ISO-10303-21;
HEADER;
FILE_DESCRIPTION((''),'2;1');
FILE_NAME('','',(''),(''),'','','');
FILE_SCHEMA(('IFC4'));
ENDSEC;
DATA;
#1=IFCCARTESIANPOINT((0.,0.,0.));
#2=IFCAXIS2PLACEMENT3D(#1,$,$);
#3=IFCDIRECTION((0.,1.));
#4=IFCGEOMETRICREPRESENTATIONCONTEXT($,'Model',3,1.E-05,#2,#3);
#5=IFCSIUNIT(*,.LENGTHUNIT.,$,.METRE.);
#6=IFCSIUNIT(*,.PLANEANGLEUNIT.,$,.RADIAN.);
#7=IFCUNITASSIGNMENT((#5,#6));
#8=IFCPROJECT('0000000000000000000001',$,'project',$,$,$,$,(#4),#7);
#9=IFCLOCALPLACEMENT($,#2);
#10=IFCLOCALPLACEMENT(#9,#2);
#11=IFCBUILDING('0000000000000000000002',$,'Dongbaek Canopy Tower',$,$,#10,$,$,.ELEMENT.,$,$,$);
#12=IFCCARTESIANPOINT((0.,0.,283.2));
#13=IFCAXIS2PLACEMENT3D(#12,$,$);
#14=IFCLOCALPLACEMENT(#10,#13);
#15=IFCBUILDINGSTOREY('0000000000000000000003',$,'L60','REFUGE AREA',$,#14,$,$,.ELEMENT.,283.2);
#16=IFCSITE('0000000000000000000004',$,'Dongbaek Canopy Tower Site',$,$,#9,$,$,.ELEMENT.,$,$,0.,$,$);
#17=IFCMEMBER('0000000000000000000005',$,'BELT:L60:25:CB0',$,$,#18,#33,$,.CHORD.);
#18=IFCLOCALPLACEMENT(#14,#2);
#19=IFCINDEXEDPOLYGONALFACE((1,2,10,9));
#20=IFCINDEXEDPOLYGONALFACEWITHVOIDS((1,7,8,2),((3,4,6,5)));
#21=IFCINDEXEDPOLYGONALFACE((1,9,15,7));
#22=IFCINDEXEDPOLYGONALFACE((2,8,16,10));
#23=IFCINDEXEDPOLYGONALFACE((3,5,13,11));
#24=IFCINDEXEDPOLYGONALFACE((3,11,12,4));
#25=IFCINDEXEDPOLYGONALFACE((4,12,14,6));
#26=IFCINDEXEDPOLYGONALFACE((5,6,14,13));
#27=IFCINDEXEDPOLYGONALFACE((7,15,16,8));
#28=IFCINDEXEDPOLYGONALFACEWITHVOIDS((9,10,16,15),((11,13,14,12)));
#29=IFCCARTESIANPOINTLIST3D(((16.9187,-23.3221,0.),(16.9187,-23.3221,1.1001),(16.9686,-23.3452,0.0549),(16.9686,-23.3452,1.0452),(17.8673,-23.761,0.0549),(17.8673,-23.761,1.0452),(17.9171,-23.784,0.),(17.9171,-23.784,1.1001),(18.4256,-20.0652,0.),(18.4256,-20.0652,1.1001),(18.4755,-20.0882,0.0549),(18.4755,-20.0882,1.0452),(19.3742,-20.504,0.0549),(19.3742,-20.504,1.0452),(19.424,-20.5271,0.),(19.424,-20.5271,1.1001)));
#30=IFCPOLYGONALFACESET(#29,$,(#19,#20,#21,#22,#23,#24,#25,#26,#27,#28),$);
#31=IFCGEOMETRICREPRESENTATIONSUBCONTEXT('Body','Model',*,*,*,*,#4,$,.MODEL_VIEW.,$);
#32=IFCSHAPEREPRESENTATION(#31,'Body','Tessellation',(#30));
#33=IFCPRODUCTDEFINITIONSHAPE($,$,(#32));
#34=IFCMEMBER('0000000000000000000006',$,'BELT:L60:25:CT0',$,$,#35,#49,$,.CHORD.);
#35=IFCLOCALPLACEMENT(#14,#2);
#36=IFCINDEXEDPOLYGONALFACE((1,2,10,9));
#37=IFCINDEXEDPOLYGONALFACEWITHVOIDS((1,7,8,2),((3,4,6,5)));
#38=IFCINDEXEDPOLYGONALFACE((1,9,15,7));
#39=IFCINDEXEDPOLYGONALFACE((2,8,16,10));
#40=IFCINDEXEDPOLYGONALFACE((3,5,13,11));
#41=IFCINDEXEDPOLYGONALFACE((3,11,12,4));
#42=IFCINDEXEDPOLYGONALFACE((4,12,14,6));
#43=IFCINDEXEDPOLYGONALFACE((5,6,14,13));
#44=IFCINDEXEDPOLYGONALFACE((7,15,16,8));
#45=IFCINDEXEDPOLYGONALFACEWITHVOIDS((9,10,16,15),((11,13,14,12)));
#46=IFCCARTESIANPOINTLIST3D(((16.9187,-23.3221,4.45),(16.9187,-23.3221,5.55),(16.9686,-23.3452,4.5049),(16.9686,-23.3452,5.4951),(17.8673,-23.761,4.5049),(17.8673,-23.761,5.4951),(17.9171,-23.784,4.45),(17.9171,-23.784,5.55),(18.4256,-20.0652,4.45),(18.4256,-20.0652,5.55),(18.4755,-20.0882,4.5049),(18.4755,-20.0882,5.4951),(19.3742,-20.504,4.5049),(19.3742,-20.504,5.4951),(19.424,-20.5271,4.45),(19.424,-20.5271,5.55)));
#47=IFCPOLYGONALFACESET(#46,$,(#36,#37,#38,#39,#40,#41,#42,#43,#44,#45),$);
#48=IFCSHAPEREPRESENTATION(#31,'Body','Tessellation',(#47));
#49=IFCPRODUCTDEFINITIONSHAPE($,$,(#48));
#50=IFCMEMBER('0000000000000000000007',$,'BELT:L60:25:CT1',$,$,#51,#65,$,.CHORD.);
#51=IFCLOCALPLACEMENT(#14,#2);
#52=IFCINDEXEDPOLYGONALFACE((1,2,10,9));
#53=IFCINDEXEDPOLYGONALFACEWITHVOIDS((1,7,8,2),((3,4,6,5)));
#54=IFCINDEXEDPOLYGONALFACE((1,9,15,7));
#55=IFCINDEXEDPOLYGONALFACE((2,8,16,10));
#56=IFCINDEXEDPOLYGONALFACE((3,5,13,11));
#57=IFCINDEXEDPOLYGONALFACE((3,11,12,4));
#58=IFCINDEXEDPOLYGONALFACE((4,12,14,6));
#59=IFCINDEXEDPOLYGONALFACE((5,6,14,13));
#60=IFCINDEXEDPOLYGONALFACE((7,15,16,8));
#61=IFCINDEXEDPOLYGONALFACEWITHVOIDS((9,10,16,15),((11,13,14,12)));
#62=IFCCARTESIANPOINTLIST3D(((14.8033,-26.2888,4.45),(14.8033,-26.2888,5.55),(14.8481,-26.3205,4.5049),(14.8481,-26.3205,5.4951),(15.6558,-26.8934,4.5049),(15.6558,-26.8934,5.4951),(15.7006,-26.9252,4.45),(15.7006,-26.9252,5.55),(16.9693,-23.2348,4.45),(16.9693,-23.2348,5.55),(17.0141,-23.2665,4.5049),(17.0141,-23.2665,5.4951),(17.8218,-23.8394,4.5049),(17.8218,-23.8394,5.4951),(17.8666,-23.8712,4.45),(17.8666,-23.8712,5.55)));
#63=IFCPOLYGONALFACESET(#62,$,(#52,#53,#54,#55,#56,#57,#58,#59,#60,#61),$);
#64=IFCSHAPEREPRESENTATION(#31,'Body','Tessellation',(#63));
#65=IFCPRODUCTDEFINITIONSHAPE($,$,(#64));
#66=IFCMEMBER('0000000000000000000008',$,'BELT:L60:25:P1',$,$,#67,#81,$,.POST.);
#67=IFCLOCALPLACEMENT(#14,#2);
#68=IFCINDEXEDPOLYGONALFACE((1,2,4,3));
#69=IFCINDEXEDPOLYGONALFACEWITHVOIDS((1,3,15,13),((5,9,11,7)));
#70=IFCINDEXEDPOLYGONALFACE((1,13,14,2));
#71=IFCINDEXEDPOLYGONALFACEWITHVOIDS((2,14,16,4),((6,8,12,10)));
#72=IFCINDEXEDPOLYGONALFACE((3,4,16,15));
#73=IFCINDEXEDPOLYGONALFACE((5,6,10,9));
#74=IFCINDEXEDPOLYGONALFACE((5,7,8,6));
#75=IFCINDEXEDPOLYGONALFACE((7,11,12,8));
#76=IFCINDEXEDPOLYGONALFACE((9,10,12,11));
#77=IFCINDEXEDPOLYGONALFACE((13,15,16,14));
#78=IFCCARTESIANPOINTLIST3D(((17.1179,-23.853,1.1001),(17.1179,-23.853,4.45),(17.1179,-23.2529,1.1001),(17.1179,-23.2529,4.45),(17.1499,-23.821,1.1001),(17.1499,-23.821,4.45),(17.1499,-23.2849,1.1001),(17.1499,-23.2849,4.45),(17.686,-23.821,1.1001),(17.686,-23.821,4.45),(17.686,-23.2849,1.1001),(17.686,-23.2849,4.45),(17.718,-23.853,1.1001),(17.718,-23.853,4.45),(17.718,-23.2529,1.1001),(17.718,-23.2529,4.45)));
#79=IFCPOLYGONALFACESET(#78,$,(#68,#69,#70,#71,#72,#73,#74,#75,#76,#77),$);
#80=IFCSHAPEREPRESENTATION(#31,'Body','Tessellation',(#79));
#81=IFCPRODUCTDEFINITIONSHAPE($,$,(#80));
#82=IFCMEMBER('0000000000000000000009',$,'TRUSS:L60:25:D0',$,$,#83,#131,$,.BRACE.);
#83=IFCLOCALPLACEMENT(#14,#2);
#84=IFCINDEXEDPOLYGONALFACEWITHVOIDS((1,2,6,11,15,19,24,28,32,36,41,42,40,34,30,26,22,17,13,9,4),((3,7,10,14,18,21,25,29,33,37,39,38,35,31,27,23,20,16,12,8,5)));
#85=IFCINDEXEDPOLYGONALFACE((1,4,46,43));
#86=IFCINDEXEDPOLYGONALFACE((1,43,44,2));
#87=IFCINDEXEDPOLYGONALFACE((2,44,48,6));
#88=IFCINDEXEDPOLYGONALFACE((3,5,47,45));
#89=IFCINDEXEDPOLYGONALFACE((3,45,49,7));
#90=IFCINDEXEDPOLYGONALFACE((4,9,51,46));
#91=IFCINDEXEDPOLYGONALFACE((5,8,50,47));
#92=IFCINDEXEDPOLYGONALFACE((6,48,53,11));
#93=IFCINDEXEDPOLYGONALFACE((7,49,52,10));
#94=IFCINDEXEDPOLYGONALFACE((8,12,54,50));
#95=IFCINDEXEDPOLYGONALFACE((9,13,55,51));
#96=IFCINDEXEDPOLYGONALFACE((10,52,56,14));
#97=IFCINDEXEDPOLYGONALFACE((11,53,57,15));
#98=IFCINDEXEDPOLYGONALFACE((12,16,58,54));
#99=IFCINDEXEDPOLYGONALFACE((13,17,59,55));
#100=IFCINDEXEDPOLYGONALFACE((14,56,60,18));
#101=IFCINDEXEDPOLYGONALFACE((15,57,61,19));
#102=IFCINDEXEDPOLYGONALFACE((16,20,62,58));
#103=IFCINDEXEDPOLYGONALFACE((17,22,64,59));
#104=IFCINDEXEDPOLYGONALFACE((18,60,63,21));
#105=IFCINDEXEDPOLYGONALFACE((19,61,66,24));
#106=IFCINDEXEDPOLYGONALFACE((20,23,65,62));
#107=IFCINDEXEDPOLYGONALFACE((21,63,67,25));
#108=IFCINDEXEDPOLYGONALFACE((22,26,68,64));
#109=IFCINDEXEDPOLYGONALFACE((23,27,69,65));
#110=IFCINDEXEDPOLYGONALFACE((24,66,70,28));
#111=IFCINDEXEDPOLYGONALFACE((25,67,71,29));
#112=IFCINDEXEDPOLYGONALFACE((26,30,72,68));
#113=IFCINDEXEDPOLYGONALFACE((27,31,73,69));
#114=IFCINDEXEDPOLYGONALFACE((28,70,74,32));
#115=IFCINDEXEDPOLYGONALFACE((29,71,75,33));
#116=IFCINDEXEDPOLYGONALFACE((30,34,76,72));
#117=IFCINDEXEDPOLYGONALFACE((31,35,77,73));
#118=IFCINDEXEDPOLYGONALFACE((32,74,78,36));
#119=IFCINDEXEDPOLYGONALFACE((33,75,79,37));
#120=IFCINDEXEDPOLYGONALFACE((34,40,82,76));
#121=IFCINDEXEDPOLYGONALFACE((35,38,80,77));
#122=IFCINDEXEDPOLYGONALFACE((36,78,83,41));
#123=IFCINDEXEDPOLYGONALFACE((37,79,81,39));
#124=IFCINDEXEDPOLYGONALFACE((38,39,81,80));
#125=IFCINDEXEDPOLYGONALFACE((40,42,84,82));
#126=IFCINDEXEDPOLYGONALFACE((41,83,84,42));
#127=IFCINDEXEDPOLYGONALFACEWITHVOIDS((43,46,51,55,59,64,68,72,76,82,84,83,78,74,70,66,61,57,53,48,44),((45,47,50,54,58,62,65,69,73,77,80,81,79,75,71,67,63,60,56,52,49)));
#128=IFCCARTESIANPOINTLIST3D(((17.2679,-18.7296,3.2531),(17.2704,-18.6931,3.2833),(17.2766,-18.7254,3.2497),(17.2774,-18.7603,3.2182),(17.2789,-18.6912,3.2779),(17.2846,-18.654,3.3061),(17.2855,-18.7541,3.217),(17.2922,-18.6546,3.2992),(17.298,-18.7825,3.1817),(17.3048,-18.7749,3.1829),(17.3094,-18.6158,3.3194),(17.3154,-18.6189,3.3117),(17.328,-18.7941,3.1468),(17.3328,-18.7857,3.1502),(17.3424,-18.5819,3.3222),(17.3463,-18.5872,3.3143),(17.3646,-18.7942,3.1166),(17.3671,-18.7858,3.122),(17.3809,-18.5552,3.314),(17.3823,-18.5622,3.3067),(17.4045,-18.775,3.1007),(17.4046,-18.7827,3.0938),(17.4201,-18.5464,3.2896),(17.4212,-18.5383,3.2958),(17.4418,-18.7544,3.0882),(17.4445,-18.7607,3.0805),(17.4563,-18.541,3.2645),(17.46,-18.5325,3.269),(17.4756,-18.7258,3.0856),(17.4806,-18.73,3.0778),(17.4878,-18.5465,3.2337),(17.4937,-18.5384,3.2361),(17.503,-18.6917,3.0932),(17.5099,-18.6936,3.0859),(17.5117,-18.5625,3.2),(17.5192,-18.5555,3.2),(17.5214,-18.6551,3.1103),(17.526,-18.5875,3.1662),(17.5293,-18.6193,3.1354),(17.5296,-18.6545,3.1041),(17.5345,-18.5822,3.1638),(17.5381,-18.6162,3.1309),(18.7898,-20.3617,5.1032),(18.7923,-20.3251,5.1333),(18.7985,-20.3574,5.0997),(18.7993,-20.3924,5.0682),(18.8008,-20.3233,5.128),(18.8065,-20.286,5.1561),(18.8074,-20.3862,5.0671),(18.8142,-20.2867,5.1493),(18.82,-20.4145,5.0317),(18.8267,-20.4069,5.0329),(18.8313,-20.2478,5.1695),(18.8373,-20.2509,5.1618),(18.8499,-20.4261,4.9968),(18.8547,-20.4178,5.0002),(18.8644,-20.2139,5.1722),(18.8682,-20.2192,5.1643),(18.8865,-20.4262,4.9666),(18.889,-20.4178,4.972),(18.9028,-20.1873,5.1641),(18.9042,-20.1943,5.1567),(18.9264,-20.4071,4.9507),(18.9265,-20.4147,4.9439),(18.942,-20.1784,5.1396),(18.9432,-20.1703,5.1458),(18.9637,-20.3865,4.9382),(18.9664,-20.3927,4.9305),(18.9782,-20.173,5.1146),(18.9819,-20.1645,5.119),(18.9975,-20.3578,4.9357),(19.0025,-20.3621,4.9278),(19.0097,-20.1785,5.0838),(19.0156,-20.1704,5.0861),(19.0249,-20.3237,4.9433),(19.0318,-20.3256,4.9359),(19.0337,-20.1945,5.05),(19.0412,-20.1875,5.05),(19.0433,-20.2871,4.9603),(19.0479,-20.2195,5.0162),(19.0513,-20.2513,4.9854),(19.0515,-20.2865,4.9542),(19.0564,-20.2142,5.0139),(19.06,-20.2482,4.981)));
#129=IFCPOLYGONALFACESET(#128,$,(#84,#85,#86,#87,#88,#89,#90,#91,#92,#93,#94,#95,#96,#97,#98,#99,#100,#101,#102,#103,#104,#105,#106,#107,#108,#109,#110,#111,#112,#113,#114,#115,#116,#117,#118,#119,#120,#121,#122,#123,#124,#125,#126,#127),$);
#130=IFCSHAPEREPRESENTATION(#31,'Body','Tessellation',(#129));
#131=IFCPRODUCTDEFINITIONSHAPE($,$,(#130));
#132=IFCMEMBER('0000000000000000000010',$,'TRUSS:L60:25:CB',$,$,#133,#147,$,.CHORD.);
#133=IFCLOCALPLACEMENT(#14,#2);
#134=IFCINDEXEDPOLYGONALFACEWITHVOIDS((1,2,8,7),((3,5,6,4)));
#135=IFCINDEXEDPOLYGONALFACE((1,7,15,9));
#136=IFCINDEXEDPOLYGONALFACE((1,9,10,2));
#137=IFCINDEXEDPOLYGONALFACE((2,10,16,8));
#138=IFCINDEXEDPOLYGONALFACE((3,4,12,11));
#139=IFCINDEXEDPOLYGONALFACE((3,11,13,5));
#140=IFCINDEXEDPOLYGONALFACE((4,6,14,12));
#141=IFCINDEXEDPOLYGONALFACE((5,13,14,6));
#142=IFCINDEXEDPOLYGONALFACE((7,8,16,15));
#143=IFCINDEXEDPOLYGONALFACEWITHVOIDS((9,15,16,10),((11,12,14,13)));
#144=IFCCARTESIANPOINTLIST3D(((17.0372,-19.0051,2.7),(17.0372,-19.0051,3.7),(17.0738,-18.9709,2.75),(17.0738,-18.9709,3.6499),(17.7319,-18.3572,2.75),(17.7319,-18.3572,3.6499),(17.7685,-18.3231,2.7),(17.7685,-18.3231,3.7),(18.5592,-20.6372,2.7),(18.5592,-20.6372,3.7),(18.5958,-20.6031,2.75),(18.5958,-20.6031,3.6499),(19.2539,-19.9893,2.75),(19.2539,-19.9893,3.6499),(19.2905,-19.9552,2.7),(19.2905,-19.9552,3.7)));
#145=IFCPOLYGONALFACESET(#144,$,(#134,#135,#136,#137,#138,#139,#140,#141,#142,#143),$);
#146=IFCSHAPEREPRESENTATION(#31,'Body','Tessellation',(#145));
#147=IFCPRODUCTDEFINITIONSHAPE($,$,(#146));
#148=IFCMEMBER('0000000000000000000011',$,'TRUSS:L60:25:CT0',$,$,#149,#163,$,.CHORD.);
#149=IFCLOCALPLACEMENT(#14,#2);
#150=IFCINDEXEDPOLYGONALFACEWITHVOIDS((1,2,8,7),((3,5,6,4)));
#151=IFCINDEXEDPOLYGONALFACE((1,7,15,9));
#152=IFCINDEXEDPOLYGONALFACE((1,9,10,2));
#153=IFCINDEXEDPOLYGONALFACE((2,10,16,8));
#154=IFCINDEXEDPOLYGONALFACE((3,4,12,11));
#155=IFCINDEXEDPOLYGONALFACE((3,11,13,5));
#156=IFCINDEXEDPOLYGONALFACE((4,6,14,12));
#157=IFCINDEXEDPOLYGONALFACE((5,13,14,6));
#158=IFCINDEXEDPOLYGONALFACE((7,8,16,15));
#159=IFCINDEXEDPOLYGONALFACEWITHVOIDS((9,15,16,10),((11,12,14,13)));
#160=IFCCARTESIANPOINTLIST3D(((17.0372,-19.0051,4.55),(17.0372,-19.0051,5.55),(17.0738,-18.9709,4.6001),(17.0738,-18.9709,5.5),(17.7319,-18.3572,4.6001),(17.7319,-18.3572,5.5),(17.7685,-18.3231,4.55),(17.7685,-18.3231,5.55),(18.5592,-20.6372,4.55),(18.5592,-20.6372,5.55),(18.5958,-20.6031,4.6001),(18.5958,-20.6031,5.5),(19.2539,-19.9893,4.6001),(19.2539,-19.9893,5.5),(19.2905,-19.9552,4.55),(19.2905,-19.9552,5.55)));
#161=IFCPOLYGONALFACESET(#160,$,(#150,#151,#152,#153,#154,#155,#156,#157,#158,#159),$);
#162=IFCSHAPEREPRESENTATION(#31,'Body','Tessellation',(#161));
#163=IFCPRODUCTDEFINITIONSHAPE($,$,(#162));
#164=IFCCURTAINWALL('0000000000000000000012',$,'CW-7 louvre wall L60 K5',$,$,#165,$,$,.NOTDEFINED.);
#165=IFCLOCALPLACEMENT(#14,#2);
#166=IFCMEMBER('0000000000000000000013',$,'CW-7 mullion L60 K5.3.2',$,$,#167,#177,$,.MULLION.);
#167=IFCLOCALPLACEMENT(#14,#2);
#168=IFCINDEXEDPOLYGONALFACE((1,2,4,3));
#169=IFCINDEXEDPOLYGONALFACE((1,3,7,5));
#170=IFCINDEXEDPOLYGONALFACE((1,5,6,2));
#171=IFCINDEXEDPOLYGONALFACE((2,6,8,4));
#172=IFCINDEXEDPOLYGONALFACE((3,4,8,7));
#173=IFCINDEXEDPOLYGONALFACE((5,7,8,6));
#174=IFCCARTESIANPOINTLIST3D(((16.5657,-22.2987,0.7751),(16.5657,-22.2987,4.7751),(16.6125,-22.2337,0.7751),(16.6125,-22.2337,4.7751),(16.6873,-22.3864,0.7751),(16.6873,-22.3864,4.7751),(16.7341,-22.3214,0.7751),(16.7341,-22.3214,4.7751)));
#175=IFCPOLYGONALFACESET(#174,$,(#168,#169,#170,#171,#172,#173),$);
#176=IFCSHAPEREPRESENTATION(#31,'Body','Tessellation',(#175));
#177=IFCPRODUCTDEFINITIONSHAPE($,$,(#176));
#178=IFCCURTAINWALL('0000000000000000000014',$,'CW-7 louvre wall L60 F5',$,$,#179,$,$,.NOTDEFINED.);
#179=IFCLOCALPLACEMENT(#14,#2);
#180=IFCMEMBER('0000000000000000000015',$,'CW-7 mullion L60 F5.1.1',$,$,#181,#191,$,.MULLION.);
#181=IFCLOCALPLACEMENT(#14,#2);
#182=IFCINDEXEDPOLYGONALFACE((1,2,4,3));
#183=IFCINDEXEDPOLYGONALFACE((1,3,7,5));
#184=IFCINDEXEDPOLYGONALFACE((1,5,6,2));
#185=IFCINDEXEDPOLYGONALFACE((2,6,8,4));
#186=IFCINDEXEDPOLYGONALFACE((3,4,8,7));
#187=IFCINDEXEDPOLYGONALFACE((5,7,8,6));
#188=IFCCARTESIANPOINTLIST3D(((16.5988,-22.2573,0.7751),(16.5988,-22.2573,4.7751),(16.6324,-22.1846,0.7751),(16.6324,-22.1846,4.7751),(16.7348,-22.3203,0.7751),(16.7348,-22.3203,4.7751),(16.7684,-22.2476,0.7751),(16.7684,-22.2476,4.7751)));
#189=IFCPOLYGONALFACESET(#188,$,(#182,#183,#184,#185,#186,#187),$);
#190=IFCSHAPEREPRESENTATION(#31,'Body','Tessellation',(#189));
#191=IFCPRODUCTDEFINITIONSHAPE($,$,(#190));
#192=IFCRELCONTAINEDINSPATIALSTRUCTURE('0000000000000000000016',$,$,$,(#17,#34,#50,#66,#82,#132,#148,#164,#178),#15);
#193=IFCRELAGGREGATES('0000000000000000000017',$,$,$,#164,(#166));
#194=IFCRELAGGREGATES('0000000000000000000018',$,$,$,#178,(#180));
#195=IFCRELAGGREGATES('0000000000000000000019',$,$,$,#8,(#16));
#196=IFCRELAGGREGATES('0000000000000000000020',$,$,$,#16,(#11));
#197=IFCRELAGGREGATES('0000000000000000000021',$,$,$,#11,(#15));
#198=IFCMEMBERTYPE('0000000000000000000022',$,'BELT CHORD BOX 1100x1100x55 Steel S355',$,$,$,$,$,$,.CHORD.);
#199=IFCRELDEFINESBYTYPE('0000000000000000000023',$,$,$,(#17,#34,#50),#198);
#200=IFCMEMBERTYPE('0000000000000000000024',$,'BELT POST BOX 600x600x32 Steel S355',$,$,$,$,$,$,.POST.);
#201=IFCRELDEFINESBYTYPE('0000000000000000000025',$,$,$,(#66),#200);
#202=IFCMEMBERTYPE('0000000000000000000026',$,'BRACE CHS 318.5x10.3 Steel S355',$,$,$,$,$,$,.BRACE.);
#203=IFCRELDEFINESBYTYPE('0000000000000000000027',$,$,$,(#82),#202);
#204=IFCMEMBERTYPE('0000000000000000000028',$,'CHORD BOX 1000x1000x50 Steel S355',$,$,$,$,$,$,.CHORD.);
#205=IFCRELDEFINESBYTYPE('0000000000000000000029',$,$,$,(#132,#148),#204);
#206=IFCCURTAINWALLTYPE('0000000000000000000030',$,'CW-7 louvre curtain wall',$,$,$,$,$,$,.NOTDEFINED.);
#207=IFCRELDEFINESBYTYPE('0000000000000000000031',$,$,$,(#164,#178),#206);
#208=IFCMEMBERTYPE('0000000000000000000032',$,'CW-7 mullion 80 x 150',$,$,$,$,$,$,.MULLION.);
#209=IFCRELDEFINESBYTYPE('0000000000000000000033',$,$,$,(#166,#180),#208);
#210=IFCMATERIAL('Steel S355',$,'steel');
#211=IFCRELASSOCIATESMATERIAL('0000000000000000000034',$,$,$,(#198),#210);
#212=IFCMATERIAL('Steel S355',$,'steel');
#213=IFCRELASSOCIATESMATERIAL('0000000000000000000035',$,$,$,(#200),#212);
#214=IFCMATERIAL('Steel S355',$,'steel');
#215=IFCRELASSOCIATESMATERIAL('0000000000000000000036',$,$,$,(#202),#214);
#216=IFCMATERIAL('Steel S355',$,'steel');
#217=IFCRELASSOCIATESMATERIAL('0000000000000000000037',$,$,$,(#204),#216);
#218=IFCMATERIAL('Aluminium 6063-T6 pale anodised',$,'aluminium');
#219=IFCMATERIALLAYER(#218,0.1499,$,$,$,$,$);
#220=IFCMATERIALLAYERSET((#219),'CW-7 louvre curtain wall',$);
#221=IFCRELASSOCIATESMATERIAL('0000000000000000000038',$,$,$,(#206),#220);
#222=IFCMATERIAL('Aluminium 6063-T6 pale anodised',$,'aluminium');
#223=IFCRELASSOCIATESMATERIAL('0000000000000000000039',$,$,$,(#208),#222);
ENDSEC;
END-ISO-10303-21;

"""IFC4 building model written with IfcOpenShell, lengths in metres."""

from ifc_helpers import new_model, si_unit, direction, frame, origin, origin_2d, place, context, subcontext, project, spatial, rectangle, hollow_rectangle, hollow_circle, extrude, material, layer, layer_set, material_profile, profile_set, type_object, element, aggregate, save


model = new_model("IFC4")

# Units and contexts
model_context = context("Model", 3, precision=1e-05, world=origin(), true_north=direction((0.0, 1.0)))
body_context = subcontext(model_context, "Body", "Model", "MODEL_VIEW")
ifc_project = project(units=[si_unit("LENGTHUNIT", "METRE"), si_unit("PLANEANGLEUNIT", "RADIAN")], contexts=[model_context])

# Site, building, storey
site_placement = place(None, origin())
site = spatial("IfcSite", under=ifc_project, at=site_placement, Name="Dongbaek Canopy Tower Site", CompositionType="ELEMENT", RefElevation=0.0)
building_placement = place(site_placement, origin())
building = spatial("IfcBuilding", under=site, at=building_placement, Name="Dongbaek Canopy Tower", CompositionType="ELEMENT")
storey_placement = place(building_placement, frame((0.0, 0.0, 283.2)))
storey = spatial("IfcBuildingStorey", under=building, at=storey_placement, Name="L60", Description="REFUGE AREA", CompositionType="ELEMENT", Elevation=283.2)

# Members
ifc_material_1 = material(Name="Steel S355", Category="steel")
ifc_material_profile_1 = material_profile(ifc_material_1, hollow_rectangle(XDim=1.1001, YDim=1.1001, WallThickness=0.0549, at=origin_2d()), Name="BELT CHORD BOX 1100x1100x55 Steel S355")
ifc_profile_set_1 = profile_set([ifc_material_profile_1], Name="Steel S355")
member_type_1 = type_object("IfcMemberType", Name="BELT CHORD BOX 1100x1100x55 Steel S355", PredefinedType="CHORD", material=ifc_profile_set_1)
for number, where, z_axis, x_axis, name in (
    (1, (18.9248, -20.2961, 0.55), (-0.419904, -0.907569, 0.0), (0.907569, -0.419904, 0.0), "BELT:L60:25:CB0"),
    (2, (18.9248, -20.2961, 5.0), (-0.419904, -0.907569, 0.0), (0.907569, -0.419904, 0.0), "BELT:L60:25:CT0"),
):
    element("IfcMember", number, at=place(storey_placement, frame(where, z_axis=z_axis, x_axis=x_axis)), inside=storey, type_object=member_type_1, Name=name, PredefinedType="CHORD", context=body_context, shape_type="SweptSolid", body=[
        extrude(hollow_rectangle(XDim=1.1001, YDim=1.1001, WallThickness=0.0549, at=origin_2d()), origin(), (0.0, 0.0, 1.0), 3.5886),
    ])
member_1_placement = place(storey_placement, frame((17.418, -23.553, 5.0), z_axis=(-0.578515, -0.815672, 0.0), x_axis=(0.815672, -0.578515, 0.0)))
element("IfcMember", 3, at=member_1_placement, inside=storey, type_object=member_type_1, Name="BELT:L60:25:CT1", PredefinedType="CHORD", context=body_context, shape_type="SweptSolid", body=[
    extrude(hollow_rectangle(XDim=1.1001, YDim=1.1001, WallThickness=0.0549, at=origin_2d()), origin(), (0.0, 0.0, 1.0), 3.7441),
])
ifc_material_2 = material(Name="Steel S355", Category="steel")
ifc_material_profile_2 = material_profile(ifc_material_2, hollow_rectangle(XDim=0.6001, YDim=0.6001, WallThickness=0.032, at=origin_2d()), Name="BELT POST BOX 600x600x32 Steel S355")
ifc_profile_set_2 = profile_set([ifc_material_profile_2], Name="Steel S355")
member_type_2 = type_object("IfcMemberType", Name="BELT POST BOX 600x600x32 Steel S355", PredefinedType="POST", material=ifc_profile_set_2)
member_2_placement = place(storey_placement, frame((17.418, -23.553, 1.1001), z_axis=(0.0, 0.0, 1.0), x_axis=(1.0, 0.0, 0.0)))
element("IfcMember", 4, at=member_2_placement, inside=storey, type_object=member_type_2, Name="BELT:L60:25:P1", PredefinedType="POST", context=body_context, shape_type="SweptSolid", body=[
    extrude(hollow_rectangle(XDim=0.6001, YDim=0.6001, WallThickness=0.032, at=origin_2d()), origin(), (0.0, 0.0, 1.0), 3.3499),
])
ifc_material_3 = material(Name="Steel S355", Category="steel")
ifc_material_profile_3 = material_profile(ifc_material_3, hollow_circle(Radius=0.1592, WallThickness=0.0103, at=origin_2d()), Name="BRACE CHS 318.5x10.3 Steel S355")
ifc_profile_set_3 = profile_set([ifc_material_profile_3], Name="Steel S355")
member_type_3 = type_object("IfcMemberType", Name="BRACE CHS 318.5x10.3 Steel S355", PredefinedType="BRACE", material=ifc_profile_set_3)
member_3_placement = place(storey_placement, frame((17.4028, -18.6641, 3.2), z_axis=(0.525038, -0.563022, 0.638232), x_axis=(0.731346, 0.682006, 0.0)))
element("IfcMember", 5, at=member_3_placement, inside=storey, type_object=member_type_3, Name="TRUSS:L60:25:D0", PredefinedType="BRACE", context=body_context, shape_type="SweptSolid", body=[
    extrude(hollow_circle(Radius=0.1592, WallThickness=0.0103, at=origin_2d()), origin(), (0.0, 0.0, 1.0), 2.8987),
])
ifc_material_4 = material(Name="Steel S355", Category="steel")
ifc_material_profile_4 = material_profile(ifc_material_4, hollow_rectangle(XDim=1.0, YDim=1.0, WallThickness=0.05, at=origin_2d()), Name="CHORD BOX 1000x1000x50 Steel S355")
ifc_profile_set_4 = profile_set([ifc_material_profile_4], Name="Steel S355")
member_type_4 = type_object("IfcMemberType", Name="CHORD BOX 1000x1000x50 Steel S355", PredefinedType="CHORD", material=ifc_profile_set_4)
for number, where, z_axis, x_axis, name in (
    (6, (17.4028, -18.6641, 3.2), (0.682006, -0.731346, 0.0), (0.731346, 0.682006, 0.0), "TRUSS:L60:25:CB"),
    (7, (17.4028, -18.6641, 5.05), (0.682006, -0.731346, 0.0), (0.731346, 0.682006, 0.0), "TRUSS:L60:25:CT0"),
):
    element("IfcMember", number, at=place(storey_placement, frame(where, z_axis=z_axis, x_axis=x_axis)), inside=storey, type_object=member_type_4, Name=name, PredefinedType="CHORD", context=body_context, shape_type="SweptSolid", body=[
        extrude(hollow_rectangle(XDim=1.0, YDim=1.0, WallThickness=0.05, at=origin_2d()), origin(), (0.0, 0.0, 1.0), 2.2317),
    ])

# Curtain wall, member
ifc_material_5 = material(Name="Aluminium 6063-T6 pale anodised", Category="aluminium")
ifc_layer_1 = layer(ifc_material_5, 0.1499)
ifc_layer_set_1 = layer_set([ifc_layer_1], Name="CW-7 louvre curtain wall")
curtain_wall_type = type_object("IfcCurtainWallType", Name="CW-7 louvre curtain wall", PredefinedType="NOTDEFINED", material=ifc_layer_set_1)
curtain_wall_1_placement = place(storey_placement, origin())
curtain_wall_1 = element("IfcCurtainWall", 8, at=curtain_wall_1_placement, inside=storey, type_object=curtain_wall_type, Name="CW-7 louvre wall L60 K5", PredefinedType="NOTDEFINED")
ifc_material_6 = material(Name="Aluminium 6063-T6 pale anodised", Category="aluminium")
ifc_material_profile_5 = material_profile(ifc_material_6, rectangle(XDim=0.1499, YDim=0.0801, at=origin_2d()), Name="CW-7 mullion 80 x 150")
ifc_profile_set_5 = profile_set([ifc_material_profile_5], Name="Aluminium 6063-T6 pale anodised")
member_type_5 = type_object("IfcMemberType", Name="CW-7 mullion 80 x 150", PredefinedType="MULLION", material=ifc_profile_set_5)
member_4_placement = place(storey_placement, frame((16.6499, -22.3101, 0.7751), z_axis=(0.0, 0.0, 1.0), x_axis=(0.81095, -0.585115, 0.0)))
member_4 = element("IfcMember", 9, at=member_4_placement, type_object=member_type_5, Name="CW-7 mullion L60 K5.3.2", PredefinedType="MULLION", context=body_context, shape_type="SweptSolid", body=[
    extrude(rectangle(XDim=0.1499, YDim=0.0801, at=origin_2d()), origin(), (0.0, 0.0, 1.0), 4.0),
])

# Curtain wall, member
curtain_wall_2_placement = place(storey_placement, origin())
curtain_wall_2 = element("IfcCurtainWall", 10, at=curtain_wall_2_placement, inside=storey, type_object=curtain_wall_type, Name="CW-7 louvre wall L60 F5", PredefinedType="NOTDEFINED")
member_5_placement = place(storey_placement, frame((16.6836, -22.2524, 0.7751), z_axis=(0.0, 0.0, 1.0), x_axis=(0.907385, -0.4203, 0.0)))
member_5 = element("IfcMember", 11, at=member_5_placement, type_object=member_type_5, Name="CW-7 mullion L60 F5.1.1", PredefinedType="MULLION", context=body_context, shape_type="SweptSolid", body=[
    extrude(rectangle(XDim=0.1499, YDim=0.0801, at=origin_2d()), origin(), (0.0, 0.0, 1.0), 4.0),
])

aggregate(curtain_wall_1, [member_4])
aggregate(curtain_wall_2, [member_5])

save(model, "model.ifc")
